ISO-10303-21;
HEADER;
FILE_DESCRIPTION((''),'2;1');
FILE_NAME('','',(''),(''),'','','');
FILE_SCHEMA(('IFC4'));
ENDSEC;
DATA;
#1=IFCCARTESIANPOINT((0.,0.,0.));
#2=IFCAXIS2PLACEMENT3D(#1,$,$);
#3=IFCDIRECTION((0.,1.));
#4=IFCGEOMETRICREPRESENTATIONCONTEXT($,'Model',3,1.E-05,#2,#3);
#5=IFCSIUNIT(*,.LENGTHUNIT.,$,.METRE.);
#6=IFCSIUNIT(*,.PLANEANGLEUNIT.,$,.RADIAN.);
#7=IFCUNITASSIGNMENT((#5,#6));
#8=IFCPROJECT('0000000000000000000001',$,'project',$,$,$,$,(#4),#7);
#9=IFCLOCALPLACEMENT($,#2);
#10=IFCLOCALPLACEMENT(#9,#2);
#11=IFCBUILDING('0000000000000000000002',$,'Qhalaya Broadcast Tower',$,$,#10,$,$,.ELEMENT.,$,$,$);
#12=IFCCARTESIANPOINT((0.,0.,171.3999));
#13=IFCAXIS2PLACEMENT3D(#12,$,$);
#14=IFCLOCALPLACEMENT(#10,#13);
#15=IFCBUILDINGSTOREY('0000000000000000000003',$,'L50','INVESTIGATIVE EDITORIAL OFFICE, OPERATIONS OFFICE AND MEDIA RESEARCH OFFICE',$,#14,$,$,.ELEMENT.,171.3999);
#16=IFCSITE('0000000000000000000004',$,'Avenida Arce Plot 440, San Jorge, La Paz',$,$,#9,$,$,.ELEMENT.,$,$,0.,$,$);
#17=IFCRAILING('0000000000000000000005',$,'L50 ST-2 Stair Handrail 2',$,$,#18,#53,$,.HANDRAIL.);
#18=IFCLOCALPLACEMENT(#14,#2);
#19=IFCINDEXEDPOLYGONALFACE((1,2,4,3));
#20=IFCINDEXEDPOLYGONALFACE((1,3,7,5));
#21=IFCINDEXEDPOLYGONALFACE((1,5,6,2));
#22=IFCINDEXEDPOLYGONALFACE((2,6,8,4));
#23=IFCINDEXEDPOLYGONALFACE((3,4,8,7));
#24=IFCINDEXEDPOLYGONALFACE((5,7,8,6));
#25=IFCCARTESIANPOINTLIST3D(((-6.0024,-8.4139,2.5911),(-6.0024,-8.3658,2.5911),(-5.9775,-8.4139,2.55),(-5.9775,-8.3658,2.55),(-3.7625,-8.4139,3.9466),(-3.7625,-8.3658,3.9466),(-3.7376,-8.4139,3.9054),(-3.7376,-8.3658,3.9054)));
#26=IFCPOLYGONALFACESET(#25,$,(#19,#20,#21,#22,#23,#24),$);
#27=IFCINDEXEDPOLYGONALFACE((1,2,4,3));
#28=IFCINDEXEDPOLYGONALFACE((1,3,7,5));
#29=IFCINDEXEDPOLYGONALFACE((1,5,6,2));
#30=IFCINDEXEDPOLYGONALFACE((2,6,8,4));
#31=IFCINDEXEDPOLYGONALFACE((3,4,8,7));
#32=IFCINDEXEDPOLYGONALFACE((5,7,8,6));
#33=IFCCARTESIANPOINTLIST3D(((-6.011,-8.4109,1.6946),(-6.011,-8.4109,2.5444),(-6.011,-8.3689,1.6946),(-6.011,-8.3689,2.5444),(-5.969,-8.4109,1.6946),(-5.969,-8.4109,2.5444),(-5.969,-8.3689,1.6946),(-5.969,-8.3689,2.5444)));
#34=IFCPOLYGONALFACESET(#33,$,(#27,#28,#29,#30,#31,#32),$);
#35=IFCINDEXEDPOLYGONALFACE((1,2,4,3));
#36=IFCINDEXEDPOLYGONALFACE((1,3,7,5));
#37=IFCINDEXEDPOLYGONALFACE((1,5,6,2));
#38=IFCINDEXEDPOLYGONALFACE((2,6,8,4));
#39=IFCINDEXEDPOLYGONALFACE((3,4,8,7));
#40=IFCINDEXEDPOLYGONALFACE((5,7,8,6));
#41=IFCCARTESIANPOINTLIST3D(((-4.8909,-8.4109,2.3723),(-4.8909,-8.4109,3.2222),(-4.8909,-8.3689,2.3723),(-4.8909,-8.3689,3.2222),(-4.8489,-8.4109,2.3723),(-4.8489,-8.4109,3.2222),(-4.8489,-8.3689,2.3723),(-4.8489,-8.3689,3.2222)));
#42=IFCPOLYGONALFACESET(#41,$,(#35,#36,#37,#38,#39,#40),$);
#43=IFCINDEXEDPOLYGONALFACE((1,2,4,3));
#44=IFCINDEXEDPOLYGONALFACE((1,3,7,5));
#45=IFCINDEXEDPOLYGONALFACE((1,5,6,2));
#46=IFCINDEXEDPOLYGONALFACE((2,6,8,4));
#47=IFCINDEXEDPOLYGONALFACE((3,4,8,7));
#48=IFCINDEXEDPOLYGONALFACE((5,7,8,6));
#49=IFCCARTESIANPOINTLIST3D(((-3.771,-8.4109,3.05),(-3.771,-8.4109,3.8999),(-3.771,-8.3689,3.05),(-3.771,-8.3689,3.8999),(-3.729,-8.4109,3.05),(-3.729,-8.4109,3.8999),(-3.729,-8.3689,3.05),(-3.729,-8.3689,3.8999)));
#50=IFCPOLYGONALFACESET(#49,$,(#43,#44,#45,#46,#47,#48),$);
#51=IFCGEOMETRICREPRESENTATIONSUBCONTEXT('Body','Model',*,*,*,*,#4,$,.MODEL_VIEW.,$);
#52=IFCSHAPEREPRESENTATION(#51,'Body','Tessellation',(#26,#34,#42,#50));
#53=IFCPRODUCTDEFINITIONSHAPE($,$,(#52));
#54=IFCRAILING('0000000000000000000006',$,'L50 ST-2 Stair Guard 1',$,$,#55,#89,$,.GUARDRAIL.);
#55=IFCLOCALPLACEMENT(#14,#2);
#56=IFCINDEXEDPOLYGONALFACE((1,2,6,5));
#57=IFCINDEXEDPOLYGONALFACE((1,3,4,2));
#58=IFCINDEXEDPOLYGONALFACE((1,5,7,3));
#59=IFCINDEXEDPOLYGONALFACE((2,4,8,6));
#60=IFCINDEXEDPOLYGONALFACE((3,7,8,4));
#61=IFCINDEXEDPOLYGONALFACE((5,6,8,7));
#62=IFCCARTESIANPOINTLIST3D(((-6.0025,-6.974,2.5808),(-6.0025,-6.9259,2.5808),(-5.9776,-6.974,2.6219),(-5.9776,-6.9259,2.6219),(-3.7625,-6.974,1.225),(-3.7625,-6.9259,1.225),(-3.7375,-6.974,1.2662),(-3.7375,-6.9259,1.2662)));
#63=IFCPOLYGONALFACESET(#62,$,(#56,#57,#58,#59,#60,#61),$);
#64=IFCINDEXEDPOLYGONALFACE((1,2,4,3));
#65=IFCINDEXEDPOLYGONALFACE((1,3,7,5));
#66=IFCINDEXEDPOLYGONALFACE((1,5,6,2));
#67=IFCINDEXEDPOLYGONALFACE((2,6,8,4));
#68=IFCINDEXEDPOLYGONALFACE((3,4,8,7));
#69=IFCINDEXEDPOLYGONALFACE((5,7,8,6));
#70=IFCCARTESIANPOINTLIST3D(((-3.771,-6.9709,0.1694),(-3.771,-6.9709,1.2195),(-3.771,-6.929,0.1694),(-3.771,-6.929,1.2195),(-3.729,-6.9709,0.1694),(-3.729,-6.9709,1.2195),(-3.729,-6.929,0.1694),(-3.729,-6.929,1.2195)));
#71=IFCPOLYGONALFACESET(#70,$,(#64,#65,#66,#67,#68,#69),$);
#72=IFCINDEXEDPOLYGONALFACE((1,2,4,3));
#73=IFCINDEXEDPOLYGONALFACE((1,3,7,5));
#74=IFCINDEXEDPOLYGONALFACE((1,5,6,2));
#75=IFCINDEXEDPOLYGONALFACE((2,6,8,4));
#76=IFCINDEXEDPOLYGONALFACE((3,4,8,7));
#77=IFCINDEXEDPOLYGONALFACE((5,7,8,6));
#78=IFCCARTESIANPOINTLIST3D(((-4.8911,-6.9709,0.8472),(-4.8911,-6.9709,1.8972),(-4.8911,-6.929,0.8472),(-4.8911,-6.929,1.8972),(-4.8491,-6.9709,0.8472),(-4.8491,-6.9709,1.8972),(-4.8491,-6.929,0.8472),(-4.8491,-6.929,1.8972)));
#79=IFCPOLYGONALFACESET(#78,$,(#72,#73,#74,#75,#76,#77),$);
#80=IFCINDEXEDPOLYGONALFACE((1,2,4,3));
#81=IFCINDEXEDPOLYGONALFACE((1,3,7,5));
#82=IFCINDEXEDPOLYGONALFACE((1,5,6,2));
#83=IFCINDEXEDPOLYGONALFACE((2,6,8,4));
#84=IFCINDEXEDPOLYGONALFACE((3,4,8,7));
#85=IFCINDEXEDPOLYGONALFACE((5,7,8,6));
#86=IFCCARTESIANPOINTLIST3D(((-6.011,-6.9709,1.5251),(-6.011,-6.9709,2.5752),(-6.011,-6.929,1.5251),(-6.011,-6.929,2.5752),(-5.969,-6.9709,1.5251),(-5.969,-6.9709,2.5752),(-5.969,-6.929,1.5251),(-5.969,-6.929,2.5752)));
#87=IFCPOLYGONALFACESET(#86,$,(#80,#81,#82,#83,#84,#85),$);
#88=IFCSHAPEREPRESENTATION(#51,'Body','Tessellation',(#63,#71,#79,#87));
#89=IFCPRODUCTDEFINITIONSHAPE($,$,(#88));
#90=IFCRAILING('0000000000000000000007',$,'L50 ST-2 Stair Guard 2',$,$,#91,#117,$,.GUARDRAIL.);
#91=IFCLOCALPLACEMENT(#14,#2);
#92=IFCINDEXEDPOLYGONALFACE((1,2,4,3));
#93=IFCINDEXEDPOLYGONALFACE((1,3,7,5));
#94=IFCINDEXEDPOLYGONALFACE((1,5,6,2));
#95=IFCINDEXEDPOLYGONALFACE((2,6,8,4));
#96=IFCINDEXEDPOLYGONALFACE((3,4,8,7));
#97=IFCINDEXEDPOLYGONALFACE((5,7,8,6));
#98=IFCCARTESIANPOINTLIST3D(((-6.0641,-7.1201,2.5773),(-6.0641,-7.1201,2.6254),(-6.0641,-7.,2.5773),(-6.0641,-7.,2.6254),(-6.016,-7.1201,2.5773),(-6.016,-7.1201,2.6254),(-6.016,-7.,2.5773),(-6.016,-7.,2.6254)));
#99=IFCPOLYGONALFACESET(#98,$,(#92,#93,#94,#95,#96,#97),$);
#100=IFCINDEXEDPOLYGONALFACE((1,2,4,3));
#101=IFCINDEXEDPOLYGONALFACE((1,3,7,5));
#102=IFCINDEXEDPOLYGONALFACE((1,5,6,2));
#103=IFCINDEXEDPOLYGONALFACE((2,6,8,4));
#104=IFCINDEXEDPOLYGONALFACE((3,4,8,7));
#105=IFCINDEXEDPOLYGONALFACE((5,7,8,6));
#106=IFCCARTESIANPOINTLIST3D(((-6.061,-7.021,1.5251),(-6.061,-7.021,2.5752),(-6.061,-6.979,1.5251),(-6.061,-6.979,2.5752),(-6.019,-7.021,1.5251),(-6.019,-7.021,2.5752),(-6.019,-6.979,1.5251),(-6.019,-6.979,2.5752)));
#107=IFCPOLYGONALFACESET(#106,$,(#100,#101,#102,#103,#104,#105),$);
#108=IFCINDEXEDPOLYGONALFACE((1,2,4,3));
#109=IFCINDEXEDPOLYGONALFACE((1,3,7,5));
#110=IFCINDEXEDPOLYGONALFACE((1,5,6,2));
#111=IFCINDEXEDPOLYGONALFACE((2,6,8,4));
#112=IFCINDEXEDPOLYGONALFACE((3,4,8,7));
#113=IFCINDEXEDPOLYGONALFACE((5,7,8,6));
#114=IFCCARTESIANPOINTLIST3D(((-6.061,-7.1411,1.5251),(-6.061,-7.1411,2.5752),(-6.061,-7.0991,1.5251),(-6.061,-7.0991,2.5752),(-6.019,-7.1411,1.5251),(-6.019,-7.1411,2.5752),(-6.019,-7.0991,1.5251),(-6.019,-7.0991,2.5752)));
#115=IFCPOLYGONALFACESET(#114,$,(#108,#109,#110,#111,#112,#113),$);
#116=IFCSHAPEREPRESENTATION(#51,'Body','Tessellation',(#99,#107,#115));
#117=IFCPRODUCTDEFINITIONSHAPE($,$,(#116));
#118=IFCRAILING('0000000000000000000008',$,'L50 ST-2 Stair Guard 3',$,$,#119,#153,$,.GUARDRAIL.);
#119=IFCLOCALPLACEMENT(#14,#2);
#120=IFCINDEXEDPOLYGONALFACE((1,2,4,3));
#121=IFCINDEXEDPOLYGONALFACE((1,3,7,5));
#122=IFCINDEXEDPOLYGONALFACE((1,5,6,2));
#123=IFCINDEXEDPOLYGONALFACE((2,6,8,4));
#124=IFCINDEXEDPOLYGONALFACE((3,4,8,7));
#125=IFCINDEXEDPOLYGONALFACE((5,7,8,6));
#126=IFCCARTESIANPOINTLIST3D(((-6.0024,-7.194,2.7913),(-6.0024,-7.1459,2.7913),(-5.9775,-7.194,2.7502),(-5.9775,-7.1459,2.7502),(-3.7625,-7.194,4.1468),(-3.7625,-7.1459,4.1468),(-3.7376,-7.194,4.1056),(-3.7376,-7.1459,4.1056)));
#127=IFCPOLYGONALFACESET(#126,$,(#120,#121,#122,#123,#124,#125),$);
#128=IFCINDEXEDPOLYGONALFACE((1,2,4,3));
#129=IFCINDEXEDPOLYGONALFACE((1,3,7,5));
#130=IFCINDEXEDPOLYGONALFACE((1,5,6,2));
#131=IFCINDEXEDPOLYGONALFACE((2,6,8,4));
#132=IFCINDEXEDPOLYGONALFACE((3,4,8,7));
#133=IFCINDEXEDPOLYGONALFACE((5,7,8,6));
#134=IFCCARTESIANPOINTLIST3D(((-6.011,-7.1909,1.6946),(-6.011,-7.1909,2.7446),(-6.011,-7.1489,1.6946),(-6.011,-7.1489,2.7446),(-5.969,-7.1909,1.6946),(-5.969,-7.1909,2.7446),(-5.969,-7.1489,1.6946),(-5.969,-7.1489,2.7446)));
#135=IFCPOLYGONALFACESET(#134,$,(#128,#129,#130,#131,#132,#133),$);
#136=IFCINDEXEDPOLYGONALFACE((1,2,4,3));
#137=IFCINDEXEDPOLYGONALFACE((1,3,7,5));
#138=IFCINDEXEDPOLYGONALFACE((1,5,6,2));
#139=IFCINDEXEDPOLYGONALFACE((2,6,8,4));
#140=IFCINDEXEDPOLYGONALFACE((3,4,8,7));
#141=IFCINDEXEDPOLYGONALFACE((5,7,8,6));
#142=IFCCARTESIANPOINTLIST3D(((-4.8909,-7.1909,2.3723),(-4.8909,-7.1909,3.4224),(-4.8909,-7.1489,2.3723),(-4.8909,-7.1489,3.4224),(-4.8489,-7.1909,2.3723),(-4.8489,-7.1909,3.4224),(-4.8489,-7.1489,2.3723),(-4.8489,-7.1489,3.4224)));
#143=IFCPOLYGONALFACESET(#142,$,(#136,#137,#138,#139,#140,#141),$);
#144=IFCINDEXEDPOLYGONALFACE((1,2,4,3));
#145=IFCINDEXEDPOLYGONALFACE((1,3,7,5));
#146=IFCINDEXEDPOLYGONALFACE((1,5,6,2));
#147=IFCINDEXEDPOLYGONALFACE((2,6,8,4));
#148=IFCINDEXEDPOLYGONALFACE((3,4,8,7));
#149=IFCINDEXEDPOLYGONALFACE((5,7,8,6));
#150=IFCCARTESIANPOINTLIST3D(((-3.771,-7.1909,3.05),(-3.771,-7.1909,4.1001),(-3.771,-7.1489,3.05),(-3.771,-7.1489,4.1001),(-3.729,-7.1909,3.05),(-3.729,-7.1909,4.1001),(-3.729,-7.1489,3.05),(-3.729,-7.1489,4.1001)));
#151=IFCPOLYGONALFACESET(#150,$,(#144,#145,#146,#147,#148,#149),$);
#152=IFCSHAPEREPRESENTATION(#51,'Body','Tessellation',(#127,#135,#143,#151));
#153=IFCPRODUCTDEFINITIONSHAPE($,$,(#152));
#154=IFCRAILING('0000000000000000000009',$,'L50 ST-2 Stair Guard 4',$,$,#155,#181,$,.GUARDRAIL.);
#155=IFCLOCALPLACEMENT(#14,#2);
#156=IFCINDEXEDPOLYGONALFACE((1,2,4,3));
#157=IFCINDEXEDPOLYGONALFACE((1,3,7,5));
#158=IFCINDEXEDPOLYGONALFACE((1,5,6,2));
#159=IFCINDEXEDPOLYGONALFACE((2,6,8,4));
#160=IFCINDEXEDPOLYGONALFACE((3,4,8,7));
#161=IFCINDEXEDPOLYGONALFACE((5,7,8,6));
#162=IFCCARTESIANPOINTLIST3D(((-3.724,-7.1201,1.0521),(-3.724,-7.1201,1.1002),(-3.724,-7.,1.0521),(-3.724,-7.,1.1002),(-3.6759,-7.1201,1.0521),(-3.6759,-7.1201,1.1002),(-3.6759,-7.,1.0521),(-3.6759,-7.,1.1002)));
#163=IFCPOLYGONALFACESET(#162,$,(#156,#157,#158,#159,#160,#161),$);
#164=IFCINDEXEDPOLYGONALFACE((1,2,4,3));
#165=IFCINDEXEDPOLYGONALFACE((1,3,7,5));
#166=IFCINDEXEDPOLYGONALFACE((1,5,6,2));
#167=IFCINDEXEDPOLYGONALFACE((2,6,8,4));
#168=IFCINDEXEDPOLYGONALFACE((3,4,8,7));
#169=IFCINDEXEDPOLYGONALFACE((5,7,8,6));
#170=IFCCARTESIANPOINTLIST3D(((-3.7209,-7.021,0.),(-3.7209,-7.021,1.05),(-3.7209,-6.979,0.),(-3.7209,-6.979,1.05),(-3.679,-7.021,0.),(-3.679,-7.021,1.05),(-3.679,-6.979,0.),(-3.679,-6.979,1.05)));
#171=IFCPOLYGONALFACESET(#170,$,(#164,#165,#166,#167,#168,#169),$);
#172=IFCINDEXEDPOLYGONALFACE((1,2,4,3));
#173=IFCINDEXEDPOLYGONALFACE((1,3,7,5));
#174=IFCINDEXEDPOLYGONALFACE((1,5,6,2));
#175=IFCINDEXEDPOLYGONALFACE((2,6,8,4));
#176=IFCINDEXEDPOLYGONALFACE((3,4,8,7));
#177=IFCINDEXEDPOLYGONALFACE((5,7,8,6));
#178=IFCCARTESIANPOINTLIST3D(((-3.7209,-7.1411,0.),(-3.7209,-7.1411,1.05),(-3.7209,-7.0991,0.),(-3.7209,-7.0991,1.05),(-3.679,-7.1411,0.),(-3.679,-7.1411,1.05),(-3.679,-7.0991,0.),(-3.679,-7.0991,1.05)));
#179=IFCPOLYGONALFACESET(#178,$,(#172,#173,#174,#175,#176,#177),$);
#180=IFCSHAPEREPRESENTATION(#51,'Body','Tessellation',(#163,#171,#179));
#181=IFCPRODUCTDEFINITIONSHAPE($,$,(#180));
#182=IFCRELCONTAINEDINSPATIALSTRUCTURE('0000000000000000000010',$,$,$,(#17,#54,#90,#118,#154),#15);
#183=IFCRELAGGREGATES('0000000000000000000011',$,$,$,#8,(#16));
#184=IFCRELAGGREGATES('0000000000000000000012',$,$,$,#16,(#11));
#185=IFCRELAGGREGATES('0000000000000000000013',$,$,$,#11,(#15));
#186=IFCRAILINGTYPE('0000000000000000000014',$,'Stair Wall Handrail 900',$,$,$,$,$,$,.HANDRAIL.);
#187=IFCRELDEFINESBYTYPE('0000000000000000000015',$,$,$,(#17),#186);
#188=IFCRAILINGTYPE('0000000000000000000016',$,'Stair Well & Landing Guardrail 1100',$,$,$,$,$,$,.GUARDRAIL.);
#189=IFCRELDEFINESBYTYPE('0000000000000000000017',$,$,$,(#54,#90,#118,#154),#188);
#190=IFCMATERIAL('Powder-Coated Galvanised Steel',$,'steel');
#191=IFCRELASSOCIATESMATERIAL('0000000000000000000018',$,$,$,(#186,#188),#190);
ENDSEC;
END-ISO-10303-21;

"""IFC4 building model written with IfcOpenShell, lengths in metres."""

from ifc_helpers import new_model, si_unit, direction, frame, origin, origin_2d, place, context, subcontext, project, spatial, rectangle, extrude, material, type_object, element, save


model = new_model("IFC4")

# Units and contexts
model_context = context("Model", 3, precision=1e-05, world=origin(), true_north=direction((0.0, 1.0)))
body_context = subcontext(model_context, "Body", "Model", "MODEL_VIEW")
ifc_project = project(units=[si_unit("LENGTHUNIT", "METRE"), si_unit("PLANEANGLEUNIT", "RADIAN")], contexts=[model_context])

# Site, building, storey
site_placement = place(None, origin())
site = spatial("IfcSite", under=ifc_project, at=site_placement, Name="Avenida Arce Plot 440, San Jorge, La Paz", CompositionType="ELEMENT", RefElevation=0.0)
building_placement = place(site_placement, origin())
building = spatial("IfcBuilding", under=site, at=building_placement, Name="Qhalaya Broadcast Tower", CompositionType="ELEMENT")
storey_placement = place(building_placement, frame((0.0, 0.0, 171.3999)))
storey = spatial("IfcBuildingStorey", under=building, at=storey_placement, Name="L50", Description="INVESTIGATIVE EDITORIAL OFFICE, OPERATIONS OFFICE AND MEDIA RESEARCH OFFICE", CompositionType="ELEMENT", Elevation=171.3999)

# Railings
ifc_material_1 = material(Name="Powder-Coated Galvanised Steel", Category="steel")
railing_type_1 = type_object("IfcRailingType", Name="Stair Wall Handrail 900", PredefinedType="HANDRAIL", material=ifc_material_1)
railing_1_placement = place(storey_placement, frame((-5.99, -8.3899, 1.6946)))
element("IfcRailing", 1, at=railing_1_placement, inside=storey, type_object=railing_type_1, Name="L50 ST-2 Stair Handrail 2", PredefinedType="HANDRAIL", context=body_context, shape_type="SweptSolid", body=[
    extrude(rectangle(XDim=0.0481, YDim=0.0481, at=origin_2d()), frame((0.0, 0.0, 0.876), z_axis=(0.855553, 0.0, 0.517715), x_axis=(0.0, 1.0, 0.0)), (0.0, 0.0, 1.0), 2.6182),
    extrude(rectangle(XDim=0.042, YDim=0.042, at=origin_2d()), origin(), (0.0, 0.0, 1.0), 0.8499),
    extrude(rectangle(XDim=0.042, YDim=0.042, at=origin_2d()), frame((1.1201, 0.0, 0.6777)), (0.0, 0.0, 1.0), 0.8499),
    extrude(rectangle(XDim=0.042, YDim=0.042, at=origin_2d()), frame((2.24, 0.0, 1.3555)), (0.0, 0.0, 1.0), 0.8499),
])
railing_type_2 = type_object("IfcRailingType", Name="Stair Well & Landing Guardrail 1100", PredefinedType="GUARDRAIL", material=ifc_material_1)
railing_2_placement = place(storey_placement, frame((-3.75, -6.95, 0.1694)))
element("IfcRailing", 2, at=railing_2_placement, inside=storey, type_object=railing_type_2, Name="L50 ST-2 Stair Guard 1", PredefinedType="GUARDRAIL", context=body_context, shape_type="SweptSolid", body=[
    extrude(rectangle(XDim=0.0481, YDim=0.0481, at=origin_2d()), frame((0.0, 0.0, 1.0762), z_axis=(-0.855512, 0.0, 0.517783), x_axis=(0.0, -1.0, 0.0)), (0.0, 0.0, 1.0), 2.6184),
    extrude(rectangle(XDim=0.042, YDim=0.042, at=origin_2d()), origin(), (0.0, 0.0, 1.0), 1.05),
    extrude(rectangle(XDim=0.042, YDim=0.042, at=origin_2d()), frame((-1.1201, 0.0, 0.6777)), (0.0, 0.0, 1.0), 1.05),
    extrude(rectangle(XDim=0.042, YDim=0.042, at=origin_2d()), frame((-2.24, 0.0, 1.3557)), (0.0, 0.0, 1.0), 1.05),
])
railing_3_placement = place(storey_placement, frame((-6.04, -7.0, 1.5251)))
element("IfcRailing", 3, at=railing_3_placement, inside=storey, type_object=railing_type_2, Name="L50 ST-2 Stair Guard 2", PredefinedType="GUARDRAIL", context=body_context, shape_type="SweptSolid", body=[
    extrude(rectangle(XDim=0.0481, YDim=0.0481, at=origin_2d()), frame((0.0, 0.0, 1.0762), z_axis=(0.0, -1.0, 0.0), x_axis=(1.0, 0.0, 0.0)), (0.0, 0.0, 1.0), 0.1201),
    extrude(rectangle(XDim=0.042, YDim=0.042, at=origin_2d()), origin(), (0.0, 0.0, 1.0), 1.05),
    extrude(rectangle(XDim=0.042, YDim=0.042, at=origin_2d()), frame((0.0, -0.1201, 0.0)), (0.0, 0.0, 1.0), 1.05),
])
railing_4_placement = place(storey_placement, frame((-5.99, -7.1699, 1.6946)))
element("IfcRailing", 4, at=railing_4_placement, inside=storey, type_object=railing_type_2, Name="L50 ST-2 Stair Guard 3", PredefinedType="GUARDRAIL", context=body_context, shape_type="SweptSolid", body=[
    extrude(rectangle(XDim=0.0481, YDim=0.0481, at=origin_2d()), frame((0.0, 0.0, 1.0762), z_axis=(0.855553, 0.0, 0.517715), x_axis=(0.0, 1.0, 0.0)), (0.0, 0.0, 1.0), 2.6182),
    extrude(rectangle(XDim=0.042, YDim=0.042, at=origin_2d()), origin(), (0.0, 0.0, 1.0), 1.05),
    extrude(rectangle(XDim=0.042, YDim=0.042, at=origin_2d()), frame((1.1201, 0.0, 0.6777)), (0.0, 0.0, 1.0), 1.05),
    extrude(rectangle(XDim=0.042, YDim=0.042, at=origin_2d()), frame((2.24, 0.0, 1.3555)), (0.0, 0.0, 1.0), 1.05),
])
railing_5_placement = place(storey_placement, frame((-3.7, -7.0, 0.0)))
element("IfcRailing", 5, at=railing_5_placement, inside=storey, type_object=railing_type_2, Name="L50 ST-2 Stair Guard 4", PredefinedType="GUARDRAIL", context=body_context, shape_type="SweptSolid", body=[
    extrude(rectangle(XDim=0.0481, YDim=0.0481, at=origin_2d()), frame((0.0, 0.0, 1.0762), z_axis=(0.0, -1.0, 0.0), x_axis=(1.0, 0.0, 0.0)), (0.0, 0.0, 1.0), 0.1201),
    extrude(rectangle(XDim=0.042, YDim=0.042, at=origin_2d()), origin(), (0.0, 0.0, 1.0), 1.05),
    extrude(rectangle(XDim=0.042, YDim=0.042, at=origin_2d()), frame((0.0, -0.1201, 0.0)), (0.0, 0.0, 1.0), 1.05),
])

save(model, "model.ifc")
